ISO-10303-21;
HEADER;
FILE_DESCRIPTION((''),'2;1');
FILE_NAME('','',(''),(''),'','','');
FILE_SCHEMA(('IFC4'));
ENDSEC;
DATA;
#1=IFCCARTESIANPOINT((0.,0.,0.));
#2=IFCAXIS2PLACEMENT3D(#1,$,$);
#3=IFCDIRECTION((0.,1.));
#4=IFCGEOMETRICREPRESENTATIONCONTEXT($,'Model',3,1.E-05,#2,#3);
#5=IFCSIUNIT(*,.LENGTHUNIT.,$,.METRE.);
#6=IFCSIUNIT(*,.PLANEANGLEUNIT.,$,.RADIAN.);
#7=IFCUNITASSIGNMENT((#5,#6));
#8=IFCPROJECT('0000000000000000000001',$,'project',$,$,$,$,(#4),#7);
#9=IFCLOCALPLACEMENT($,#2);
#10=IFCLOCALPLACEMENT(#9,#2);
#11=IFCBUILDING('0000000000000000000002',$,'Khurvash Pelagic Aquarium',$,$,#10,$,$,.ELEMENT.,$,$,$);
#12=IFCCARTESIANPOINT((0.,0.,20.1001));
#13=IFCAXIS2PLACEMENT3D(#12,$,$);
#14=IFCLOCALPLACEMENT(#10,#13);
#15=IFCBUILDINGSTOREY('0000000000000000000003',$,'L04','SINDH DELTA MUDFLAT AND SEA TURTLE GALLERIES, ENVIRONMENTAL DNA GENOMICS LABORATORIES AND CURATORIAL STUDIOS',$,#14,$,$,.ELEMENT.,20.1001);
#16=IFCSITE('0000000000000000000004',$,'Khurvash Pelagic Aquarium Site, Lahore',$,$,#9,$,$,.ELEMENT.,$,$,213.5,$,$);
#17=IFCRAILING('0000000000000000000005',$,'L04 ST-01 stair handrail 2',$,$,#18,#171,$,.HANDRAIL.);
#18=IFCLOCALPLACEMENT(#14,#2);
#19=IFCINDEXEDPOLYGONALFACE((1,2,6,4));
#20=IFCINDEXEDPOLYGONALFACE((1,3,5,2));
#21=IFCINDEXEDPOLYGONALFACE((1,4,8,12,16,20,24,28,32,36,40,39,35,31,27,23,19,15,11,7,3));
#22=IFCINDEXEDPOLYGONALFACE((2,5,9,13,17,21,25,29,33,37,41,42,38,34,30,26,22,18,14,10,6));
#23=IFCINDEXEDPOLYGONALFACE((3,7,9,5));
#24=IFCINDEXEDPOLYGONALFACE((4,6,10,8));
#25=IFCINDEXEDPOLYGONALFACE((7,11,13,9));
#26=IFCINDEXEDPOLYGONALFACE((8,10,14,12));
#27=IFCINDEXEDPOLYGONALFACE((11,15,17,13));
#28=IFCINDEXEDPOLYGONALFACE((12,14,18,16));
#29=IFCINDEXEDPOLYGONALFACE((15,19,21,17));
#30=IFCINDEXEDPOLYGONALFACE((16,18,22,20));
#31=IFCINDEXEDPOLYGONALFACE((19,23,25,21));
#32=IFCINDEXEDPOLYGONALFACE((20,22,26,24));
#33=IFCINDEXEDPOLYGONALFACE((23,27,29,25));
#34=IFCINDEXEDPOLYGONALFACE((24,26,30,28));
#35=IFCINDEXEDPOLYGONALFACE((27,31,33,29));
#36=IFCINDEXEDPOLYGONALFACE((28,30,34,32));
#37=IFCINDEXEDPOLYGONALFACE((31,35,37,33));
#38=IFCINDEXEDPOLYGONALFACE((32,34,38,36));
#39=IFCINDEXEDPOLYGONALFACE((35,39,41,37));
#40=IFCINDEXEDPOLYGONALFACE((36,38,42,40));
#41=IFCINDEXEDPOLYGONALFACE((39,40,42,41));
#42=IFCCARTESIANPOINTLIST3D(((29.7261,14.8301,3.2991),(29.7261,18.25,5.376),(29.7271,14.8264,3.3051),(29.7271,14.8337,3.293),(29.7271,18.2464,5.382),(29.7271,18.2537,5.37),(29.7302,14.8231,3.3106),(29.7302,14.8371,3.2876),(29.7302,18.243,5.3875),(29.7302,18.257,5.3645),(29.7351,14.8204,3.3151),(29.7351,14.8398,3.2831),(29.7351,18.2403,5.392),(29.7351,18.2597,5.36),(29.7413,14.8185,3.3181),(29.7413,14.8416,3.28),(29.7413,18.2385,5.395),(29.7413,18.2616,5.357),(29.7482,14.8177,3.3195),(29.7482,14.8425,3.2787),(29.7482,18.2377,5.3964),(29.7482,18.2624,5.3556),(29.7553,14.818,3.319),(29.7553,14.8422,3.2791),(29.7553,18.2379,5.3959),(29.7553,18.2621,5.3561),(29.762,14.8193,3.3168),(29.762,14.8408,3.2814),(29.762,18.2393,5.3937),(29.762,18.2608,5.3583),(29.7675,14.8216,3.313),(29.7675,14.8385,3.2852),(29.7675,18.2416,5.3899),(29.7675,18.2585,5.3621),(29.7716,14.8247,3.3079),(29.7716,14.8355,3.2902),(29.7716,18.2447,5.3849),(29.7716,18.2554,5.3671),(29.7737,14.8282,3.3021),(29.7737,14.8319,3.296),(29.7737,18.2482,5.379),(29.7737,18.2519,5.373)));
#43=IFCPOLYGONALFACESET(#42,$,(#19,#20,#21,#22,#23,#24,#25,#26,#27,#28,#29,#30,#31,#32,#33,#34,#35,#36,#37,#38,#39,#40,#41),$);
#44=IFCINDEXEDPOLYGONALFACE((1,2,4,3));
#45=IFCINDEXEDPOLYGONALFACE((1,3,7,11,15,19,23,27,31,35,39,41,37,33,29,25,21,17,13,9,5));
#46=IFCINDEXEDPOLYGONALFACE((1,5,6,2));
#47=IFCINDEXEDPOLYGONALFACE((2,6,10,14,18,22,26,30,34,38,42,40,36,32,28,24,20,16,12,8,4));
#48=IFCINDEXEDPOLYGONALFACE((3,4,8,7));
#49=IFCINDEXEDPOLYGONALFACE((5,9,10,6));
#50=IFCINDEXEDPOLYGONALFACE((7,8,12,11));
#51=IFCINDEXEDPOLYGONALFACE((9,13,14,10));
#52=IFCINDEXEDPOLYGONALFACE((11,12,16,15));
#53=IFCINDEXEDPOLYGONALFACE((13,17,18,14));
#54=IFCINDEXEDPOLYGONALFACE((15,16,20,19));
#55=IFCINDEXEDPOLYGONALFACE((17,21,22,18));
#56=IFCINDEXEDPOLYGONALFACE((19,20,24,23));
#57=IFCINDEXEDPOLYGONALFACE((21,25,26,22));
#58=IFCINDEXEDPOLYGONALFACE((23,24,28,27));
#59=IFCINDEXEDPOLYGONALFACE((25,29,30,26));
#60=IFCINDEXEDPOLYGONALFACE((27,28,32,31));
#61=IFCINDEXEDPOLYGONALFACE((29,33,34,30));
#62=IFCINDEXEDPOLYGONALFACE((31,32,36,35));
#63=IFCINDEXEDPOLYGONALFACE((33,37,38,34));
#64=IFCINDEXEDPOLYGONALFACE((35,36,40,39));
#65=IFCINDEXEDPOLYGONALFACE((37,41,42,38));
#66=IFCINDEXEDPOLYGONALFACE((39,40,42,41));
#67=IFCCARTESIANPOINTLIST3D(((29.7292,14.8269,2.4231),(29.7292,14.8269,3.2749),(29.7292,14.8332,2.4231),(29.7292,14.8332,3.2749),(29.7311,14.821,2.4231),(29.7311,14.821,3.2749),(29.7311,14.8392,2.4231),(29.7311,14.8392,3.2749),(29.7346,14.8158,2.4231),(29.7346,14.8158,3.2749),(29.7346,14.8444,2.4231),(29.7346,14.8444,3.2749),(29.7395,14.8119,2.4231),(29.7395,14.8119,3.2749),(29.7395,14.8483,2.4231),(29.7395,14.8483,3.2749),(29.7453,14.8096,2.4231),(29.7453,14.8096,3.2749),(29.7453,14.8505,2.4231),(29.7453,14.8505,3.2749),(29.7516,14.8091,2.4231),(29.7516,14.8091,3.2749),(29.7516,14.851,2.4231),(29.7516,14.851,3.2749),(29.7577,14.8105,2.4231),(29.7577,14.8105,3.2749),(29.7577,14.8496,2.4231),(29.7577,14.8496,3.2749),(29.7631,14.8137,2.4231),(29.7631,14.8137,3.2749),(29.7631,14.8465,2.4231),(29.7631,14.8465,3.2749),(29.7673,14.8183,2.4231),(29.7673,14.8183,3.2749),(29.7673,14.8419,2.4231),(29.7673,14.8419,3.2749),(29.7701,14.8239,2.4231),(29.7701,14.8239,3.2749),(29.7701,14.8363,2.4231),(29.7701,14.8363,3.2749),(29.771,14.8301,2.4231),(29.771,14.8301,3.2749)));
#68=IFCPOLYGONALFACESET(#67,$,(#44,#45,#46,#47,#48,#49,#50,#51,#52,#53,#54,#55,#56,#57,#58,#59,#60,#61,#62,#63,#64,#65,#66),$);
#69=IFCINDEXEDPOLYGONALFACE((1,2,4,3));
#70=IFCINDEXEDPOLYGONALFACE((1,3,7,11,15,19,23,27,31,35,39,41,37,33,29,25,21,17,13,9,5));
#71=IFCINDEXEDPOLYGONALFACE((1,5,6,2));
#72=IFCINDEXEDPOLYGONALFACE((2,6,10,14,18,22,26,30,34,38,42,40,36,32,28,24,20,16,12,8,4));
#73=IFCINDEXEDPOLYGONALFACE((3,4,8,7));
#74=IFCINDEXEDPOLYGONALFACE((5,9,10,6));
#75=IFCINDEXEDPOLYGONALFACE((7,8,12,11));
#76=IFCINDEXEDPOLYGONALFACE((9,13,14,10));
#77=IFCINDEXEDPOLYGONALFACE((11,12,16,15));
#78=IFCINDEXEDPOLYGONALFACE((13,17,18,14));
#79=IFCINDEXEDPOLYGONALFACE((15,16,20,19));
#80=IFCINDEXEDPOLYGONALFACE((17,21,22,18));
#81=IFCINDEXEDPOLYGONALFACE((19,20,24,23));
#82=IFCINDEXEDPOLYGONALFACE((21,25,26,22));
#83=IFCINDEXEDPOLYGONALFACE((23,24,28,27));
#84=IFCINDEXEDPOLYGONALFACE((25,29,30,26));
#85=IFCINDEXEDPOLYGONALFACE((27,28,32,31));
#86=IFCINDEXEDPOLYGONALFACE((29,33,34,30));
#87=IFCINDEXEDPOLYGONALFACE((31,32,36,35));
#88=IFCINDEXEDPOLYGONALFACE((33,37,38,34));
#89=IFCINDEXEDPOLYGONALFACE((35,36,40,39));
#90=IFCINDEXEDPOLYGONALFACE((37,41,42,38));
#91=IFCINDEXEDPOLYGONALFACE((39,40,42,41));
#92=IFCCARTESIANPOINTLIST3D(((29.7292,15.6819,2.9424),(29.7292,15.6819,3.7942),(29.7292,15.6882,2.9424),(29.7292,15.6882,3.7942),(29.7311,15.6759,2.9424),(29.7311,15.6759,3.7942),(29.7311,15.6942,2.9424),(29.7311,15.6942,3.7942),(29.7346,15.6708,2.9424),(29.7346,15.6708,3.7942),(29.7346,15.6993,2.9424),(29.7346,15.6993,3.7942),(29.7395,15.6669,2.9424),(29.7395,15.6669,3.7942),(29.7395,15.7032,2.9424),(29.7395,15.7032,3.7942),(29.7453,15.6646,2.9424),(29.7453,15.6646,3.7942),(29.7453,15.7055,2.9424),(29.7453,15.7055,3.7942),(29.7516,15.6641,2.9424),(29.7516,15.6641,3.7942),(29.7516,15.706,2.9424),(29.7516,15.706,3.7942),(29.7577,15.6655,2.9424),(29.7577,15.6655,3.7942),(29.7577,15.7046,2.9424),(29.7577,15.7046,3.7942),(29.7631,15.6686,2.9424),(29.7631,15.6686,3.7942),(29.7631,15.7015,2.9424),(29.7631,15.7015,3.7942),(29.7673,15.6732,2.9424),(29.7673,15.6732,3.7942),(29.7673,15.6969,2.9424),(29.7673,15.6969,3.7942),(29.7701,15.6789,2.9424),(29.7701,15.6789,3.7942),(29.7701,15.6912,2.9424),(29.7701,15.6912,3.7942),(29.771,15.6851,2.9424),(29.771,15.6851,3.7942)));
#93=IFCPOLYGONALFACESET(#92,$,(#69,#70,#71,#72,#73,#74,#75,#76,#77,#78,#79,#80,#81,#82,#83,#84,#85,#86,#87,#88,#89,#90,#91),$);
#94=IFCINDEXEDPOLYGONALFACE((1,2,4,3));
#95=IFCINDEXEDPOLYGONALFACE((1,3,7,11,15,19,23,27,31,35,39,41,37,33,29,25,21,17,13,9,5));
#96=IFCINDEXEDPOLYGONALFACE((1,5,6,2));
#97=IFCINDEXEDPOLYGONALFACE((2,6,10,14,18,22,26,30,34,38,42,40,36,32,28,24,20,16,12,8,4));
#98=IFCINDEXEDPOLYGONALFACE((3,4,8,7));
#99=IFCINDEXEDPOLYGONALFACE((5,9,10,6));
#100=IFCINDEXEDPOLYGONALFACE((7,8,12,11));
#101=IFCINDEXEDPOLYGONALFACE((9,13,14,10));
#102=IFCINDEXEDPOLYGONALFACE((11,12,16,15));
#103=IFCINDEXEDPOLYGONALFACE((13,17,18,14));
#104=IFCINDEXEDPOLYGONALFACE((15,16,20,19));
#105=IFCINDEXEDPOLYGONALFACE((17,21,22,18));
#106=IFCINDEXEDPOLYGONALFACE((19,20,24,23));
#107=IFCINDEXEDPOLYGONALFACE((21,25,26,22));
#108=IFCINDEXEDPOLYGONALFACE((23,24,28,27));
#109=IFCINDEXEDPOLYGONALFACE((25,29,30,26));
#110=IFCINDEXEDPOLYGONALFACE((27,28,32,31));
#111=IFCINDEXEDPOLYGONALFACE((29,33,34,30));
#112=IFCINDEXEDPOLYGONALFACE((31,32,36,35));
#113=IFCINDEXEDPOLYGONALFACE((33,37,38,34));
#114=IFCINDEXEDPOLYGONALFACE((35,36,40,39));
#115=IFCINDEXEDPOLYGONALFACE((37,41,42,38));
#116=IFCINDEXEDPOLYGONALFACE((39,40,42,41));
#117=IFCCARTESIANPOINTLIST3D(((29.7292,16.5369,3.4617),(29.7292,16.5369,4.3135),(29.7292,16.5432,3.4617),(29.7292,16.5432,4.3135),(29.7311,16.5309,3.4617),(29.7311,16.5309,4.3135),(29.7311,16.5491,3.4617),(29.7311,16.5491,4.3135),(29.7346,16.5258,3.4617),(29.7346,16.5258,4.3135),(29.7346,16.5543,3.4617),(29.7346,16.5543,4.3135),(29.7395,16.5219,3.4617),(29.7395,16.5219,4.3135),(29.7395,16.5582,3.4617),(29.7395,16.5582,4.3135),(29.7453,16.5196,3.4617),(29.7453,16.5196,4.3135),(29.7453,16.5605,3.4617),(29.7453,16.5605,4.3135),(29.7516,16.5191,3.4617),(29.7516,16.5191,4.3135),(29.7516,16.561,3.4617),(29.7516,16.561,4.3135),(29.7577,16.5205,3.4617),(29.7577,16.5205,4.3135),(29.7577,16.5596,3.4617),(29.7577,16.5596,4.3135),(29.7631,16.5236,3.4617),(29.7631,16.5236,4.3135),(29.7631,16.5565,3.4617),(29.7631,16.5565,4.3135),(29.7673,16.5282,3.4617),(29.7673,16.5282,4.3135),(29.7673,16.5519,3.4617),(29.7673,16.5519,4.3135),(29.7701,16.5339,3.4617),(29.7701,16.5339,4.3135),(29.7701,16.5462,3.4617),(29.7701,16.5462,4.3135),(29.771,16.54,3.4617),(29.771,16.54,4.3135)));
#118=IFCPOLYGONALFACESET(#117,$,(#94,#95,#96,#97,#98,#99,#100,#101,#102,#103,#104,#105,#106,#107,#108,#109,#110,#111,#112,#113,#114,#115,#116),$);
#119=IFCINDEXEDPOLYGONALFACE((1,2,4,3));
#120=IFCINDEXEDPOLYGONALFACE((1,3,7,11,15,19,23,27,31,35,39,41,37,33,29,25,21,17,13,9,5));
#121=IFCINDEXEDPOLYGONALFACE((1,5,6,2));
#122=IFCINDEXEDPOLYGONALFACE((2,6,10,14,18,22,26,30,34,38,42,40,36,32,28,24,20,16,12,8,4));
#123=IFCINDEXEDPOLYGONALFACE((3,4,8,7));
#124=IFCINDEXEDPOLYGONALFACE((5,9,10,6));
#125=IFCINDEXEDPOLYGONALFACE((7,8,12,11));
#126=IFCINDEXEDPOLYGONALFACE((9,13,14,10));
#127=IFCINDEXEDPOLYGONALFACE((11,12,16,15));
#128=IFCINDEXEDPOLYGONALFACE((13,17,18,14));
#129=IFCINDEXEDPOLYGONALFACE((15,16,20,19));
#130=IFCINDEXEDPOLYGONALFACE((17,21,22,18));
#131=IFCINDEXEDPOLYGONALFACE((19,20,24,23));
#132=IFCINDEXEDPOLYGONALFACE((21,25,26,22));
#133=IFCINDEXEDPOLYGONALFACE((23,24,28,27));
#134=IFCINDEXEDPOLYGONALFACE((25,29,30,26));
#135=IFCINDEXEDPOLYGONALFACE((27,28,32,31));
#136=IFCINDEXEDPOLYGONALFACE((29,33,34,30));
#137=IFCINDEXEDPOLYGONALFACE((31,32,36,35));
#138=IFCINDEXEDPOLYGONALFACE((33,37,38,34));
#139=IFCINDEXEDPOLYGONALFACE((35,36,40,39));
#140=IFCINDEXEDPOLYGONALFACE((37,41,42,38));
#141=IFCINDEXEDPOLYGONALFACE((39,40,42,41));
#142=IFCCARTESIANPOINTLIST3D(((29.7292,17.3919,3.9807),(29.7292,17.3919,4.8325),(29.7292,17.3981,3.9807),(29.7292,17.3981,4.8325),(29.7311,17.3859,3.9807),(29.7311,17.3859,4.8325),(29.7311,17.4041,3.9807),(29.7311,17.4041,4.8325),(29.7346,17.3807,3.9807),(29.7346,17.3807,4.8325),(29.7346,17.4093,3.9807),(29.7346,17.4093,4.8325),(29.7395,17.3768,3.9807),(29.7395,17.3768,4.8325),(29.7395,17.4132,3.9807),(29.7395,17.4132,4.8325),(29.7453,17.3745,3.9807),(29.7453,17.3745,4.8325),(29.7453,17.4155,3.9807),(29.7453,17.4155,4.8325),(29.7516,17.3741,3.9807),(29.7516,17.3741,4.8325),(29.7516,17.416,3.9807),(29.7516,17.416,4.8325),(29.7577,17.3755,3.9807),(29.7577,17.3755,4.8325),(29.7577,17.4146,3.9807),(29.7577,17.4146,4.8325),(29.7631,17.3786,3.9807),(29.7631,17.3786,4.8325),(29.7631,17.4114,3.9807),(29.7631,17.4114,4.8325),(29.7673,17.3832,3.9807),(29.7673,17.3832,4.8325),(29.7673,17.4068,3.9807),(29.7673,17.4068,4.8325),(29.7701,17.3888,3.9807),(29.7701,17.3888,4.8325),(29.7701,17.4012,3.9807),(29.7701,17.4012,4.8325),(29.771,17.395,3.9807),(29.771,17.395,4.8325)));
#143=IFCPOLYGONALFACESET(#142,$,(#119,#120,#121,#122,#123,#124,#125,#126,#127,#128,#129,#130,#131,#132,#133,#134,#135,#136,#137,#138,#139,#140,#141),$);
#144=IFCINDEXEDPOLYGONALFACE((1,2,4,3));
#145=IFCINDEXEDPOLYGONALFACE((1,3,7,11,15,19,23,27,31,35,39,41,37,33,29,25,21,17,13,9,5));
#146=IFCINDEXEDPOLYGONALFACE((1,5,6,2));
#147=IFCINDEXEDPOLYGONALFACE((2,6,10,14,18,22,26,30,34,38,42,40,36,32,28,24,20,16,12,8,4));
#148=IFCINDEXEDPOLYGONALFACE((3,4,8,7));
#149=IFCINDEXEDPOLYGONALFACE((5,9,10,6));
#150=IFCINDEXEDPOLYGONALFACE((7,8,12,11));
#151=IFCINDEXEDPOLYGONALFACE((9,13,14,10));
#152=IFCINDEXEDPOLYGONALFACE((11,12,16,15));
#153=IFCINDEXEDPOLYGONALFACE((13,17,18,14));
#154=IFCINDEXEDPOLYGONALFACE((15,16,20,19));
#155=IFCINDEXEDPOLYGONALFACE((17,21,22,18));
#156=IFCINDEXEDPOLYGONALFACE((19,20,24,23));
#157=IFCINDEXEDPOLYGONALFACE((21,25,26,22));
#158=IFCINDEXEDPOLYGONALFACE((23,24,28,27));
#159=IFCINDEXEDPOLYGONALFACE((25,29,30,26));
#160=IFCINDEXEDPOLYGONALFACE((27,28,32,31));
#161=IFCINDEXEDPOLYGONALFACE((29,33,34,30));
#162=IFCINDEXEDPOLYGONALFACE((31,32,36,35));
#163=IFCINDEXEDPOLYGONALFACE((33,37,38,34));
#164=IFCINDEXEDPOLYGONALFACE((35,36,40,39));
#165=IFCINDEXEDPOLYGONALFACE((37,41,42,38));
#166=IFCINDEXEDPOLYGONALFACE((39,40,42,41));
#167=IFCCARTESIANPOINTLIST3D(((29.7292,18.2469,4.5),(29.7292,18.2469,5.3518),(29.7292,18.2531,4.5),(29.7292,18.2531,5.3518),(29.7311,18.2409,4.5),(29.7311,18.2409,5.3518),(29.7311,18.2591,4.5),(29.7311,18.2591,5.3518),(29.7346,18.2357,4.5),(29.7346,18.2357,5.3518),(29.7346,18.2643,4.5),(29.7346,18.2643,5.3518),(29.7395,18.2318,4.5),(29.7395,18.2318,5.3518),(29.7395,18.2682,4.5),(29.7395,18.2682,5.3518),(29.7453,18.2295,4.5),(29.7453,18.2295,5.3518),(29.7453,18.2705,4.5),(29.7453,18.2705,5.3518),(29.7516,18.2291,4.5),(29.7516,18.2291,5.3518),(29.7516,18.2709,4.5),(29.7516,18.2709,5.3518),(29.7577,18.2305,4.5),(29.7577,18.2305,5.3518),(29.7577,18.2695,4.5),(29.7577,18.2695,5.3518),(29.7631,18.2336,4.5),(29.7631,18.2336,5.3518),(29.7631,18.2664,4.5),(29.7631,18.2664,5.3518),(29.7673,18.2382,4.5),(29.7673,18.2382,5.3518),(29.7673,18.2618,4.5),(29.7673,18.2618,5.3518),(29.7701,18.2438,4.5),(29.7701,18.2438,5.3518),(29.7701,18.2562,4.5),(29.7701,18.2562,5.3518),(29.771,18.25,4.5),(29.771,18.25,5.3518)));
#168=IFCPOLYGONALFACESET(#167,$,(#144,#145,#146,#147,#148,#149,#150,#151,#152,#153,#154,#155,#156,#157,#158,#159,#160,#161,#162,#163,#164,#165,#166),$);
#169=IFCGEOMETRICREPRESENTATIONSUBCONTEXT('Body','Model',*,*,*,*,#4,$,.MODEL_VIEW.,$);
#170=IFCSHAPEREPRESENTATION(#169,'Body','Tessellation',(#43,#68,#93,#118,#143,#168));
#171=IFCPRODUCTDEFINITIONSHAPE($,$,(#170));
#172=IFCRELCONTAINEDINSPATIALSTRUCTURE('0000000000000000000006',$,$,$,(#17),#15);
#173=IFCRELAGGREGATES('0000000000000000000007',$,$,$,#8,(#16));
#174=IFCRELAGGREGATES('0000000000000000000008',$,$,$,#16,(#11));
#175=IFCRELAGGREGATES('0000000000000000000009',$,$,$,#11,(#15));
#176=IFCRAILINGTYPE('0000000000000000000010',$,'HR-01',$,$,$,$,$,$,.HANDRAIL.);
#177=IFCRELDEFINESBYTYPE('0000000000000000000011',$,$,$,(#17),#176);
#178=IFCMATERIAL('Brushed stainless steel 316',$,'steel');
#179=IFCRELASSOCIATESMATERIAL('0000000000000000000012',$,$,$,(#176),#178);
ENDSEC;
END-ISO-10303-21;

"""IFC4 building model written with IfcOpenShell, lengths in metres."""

from ifc_helpers import new_model, si_unit, direction, frame, origin, origin_2d, place, context, subcontext, project, spatial, circle, extrude, material, type_object, element, save


model = new_model("IFC4")

# Units and contexts
model_context = context("Model", 3, precision=1e-05, world=origin(), true_north=direction((0.0, 1.0)))
body_context = subcontext(model_context, "Body", "Model", "MODEL_VIEW")
ifc_project = project(units=[si_unit("LENGTHUNIT", "METRE"), si_unit("PLANEANGLEUNIT", "RADIAN")], contexts=[model_context])

# Site, building, storey
site_placement = place(None, origin())
site = spatial("IfcSite", under=ifc_project, at=site_placement, Name="Khurvash Pelagic Aquarium Site, Lahore", CompositionType="ELEMENT", RefElevation=213.5)
building_placement = place(site_placement, origin())
building = spatial("IfcBuilding", under=site, at=building_placement, Name="Khurvash Pelagic Aquarium", CompositionType="ELEMENT")
storey_placement = place(building_placement, frame((0.0, 0.0, 20.1001)))
storey = spatial("IfcBuildingStorey", under=building, at=storey_placement, Name="L04", Description="SINDH DELTA MUDFLAT AND SEA TURTLE GALLERIES, ENVIRONMENTAL DNA GENOMICS LABORATORIES AND CURATORIAL STUDIOS", CompositionType="ELEMENT", Elevation=20.1001)

# Railing
ifc_material_1 = material(Name="Brushed stainless steel 316", Category="steel")
railing_type_1 = type_object("IfcRailingType", Name="HR-01", PredefinedType="HANDRAIL", material=ifc_material_1)
railing_1_placement = place(storey_placement, frame((29.75, 14.8301, 2.4231)))
element("IfcRailing", 1, at=railing_1_placement, inside=storey, type_object=railing_type_1, Name="L04 ST-01 stair handrail 2", PredefinedType="HANDRAIL", context=body_context, shape_type="SweptSolid", body=[
    extrude(circle(Radius=0.0239, at=origin_2d()), frame((0.0, 0.0, 0.876), z_axis=(0.0, 0.85473, 0.519074), x_axis=(-1.0, 0.0, 0.0)), (0.0, 0.0, 1.0), 4.0012),
    extrude(circle(Radius=0.021, at=origin_2d()), origin(), (0.0, 0.0, 1.0), 0.8518),
    extrude(circle(Radius=0.021, at=origin_2d()), frame((0.0, 0.855, 0.5193)), (0.0, 0.0, 1.0), 0.8518),
    extrude(circle(Radius=0.021, at=origin_2d()), frame((0.0, 1.71, 1.0386)), (0.0, 0.0, 1.0), 0.8518),
    extrude(circle(Radius=0.021, at=origin_2d()), frame((0.0, 2.5649, 1.5576)), (0.0, 0.0, 1.0), 0.8518),
    extrude(circle(Radius=0.021, at=origin_2d()), frame((0.0, 3.4199, 2.0769)), (0.0, 0.0, 1.0), 0.8518),
])

save(model, "model.ifc")
